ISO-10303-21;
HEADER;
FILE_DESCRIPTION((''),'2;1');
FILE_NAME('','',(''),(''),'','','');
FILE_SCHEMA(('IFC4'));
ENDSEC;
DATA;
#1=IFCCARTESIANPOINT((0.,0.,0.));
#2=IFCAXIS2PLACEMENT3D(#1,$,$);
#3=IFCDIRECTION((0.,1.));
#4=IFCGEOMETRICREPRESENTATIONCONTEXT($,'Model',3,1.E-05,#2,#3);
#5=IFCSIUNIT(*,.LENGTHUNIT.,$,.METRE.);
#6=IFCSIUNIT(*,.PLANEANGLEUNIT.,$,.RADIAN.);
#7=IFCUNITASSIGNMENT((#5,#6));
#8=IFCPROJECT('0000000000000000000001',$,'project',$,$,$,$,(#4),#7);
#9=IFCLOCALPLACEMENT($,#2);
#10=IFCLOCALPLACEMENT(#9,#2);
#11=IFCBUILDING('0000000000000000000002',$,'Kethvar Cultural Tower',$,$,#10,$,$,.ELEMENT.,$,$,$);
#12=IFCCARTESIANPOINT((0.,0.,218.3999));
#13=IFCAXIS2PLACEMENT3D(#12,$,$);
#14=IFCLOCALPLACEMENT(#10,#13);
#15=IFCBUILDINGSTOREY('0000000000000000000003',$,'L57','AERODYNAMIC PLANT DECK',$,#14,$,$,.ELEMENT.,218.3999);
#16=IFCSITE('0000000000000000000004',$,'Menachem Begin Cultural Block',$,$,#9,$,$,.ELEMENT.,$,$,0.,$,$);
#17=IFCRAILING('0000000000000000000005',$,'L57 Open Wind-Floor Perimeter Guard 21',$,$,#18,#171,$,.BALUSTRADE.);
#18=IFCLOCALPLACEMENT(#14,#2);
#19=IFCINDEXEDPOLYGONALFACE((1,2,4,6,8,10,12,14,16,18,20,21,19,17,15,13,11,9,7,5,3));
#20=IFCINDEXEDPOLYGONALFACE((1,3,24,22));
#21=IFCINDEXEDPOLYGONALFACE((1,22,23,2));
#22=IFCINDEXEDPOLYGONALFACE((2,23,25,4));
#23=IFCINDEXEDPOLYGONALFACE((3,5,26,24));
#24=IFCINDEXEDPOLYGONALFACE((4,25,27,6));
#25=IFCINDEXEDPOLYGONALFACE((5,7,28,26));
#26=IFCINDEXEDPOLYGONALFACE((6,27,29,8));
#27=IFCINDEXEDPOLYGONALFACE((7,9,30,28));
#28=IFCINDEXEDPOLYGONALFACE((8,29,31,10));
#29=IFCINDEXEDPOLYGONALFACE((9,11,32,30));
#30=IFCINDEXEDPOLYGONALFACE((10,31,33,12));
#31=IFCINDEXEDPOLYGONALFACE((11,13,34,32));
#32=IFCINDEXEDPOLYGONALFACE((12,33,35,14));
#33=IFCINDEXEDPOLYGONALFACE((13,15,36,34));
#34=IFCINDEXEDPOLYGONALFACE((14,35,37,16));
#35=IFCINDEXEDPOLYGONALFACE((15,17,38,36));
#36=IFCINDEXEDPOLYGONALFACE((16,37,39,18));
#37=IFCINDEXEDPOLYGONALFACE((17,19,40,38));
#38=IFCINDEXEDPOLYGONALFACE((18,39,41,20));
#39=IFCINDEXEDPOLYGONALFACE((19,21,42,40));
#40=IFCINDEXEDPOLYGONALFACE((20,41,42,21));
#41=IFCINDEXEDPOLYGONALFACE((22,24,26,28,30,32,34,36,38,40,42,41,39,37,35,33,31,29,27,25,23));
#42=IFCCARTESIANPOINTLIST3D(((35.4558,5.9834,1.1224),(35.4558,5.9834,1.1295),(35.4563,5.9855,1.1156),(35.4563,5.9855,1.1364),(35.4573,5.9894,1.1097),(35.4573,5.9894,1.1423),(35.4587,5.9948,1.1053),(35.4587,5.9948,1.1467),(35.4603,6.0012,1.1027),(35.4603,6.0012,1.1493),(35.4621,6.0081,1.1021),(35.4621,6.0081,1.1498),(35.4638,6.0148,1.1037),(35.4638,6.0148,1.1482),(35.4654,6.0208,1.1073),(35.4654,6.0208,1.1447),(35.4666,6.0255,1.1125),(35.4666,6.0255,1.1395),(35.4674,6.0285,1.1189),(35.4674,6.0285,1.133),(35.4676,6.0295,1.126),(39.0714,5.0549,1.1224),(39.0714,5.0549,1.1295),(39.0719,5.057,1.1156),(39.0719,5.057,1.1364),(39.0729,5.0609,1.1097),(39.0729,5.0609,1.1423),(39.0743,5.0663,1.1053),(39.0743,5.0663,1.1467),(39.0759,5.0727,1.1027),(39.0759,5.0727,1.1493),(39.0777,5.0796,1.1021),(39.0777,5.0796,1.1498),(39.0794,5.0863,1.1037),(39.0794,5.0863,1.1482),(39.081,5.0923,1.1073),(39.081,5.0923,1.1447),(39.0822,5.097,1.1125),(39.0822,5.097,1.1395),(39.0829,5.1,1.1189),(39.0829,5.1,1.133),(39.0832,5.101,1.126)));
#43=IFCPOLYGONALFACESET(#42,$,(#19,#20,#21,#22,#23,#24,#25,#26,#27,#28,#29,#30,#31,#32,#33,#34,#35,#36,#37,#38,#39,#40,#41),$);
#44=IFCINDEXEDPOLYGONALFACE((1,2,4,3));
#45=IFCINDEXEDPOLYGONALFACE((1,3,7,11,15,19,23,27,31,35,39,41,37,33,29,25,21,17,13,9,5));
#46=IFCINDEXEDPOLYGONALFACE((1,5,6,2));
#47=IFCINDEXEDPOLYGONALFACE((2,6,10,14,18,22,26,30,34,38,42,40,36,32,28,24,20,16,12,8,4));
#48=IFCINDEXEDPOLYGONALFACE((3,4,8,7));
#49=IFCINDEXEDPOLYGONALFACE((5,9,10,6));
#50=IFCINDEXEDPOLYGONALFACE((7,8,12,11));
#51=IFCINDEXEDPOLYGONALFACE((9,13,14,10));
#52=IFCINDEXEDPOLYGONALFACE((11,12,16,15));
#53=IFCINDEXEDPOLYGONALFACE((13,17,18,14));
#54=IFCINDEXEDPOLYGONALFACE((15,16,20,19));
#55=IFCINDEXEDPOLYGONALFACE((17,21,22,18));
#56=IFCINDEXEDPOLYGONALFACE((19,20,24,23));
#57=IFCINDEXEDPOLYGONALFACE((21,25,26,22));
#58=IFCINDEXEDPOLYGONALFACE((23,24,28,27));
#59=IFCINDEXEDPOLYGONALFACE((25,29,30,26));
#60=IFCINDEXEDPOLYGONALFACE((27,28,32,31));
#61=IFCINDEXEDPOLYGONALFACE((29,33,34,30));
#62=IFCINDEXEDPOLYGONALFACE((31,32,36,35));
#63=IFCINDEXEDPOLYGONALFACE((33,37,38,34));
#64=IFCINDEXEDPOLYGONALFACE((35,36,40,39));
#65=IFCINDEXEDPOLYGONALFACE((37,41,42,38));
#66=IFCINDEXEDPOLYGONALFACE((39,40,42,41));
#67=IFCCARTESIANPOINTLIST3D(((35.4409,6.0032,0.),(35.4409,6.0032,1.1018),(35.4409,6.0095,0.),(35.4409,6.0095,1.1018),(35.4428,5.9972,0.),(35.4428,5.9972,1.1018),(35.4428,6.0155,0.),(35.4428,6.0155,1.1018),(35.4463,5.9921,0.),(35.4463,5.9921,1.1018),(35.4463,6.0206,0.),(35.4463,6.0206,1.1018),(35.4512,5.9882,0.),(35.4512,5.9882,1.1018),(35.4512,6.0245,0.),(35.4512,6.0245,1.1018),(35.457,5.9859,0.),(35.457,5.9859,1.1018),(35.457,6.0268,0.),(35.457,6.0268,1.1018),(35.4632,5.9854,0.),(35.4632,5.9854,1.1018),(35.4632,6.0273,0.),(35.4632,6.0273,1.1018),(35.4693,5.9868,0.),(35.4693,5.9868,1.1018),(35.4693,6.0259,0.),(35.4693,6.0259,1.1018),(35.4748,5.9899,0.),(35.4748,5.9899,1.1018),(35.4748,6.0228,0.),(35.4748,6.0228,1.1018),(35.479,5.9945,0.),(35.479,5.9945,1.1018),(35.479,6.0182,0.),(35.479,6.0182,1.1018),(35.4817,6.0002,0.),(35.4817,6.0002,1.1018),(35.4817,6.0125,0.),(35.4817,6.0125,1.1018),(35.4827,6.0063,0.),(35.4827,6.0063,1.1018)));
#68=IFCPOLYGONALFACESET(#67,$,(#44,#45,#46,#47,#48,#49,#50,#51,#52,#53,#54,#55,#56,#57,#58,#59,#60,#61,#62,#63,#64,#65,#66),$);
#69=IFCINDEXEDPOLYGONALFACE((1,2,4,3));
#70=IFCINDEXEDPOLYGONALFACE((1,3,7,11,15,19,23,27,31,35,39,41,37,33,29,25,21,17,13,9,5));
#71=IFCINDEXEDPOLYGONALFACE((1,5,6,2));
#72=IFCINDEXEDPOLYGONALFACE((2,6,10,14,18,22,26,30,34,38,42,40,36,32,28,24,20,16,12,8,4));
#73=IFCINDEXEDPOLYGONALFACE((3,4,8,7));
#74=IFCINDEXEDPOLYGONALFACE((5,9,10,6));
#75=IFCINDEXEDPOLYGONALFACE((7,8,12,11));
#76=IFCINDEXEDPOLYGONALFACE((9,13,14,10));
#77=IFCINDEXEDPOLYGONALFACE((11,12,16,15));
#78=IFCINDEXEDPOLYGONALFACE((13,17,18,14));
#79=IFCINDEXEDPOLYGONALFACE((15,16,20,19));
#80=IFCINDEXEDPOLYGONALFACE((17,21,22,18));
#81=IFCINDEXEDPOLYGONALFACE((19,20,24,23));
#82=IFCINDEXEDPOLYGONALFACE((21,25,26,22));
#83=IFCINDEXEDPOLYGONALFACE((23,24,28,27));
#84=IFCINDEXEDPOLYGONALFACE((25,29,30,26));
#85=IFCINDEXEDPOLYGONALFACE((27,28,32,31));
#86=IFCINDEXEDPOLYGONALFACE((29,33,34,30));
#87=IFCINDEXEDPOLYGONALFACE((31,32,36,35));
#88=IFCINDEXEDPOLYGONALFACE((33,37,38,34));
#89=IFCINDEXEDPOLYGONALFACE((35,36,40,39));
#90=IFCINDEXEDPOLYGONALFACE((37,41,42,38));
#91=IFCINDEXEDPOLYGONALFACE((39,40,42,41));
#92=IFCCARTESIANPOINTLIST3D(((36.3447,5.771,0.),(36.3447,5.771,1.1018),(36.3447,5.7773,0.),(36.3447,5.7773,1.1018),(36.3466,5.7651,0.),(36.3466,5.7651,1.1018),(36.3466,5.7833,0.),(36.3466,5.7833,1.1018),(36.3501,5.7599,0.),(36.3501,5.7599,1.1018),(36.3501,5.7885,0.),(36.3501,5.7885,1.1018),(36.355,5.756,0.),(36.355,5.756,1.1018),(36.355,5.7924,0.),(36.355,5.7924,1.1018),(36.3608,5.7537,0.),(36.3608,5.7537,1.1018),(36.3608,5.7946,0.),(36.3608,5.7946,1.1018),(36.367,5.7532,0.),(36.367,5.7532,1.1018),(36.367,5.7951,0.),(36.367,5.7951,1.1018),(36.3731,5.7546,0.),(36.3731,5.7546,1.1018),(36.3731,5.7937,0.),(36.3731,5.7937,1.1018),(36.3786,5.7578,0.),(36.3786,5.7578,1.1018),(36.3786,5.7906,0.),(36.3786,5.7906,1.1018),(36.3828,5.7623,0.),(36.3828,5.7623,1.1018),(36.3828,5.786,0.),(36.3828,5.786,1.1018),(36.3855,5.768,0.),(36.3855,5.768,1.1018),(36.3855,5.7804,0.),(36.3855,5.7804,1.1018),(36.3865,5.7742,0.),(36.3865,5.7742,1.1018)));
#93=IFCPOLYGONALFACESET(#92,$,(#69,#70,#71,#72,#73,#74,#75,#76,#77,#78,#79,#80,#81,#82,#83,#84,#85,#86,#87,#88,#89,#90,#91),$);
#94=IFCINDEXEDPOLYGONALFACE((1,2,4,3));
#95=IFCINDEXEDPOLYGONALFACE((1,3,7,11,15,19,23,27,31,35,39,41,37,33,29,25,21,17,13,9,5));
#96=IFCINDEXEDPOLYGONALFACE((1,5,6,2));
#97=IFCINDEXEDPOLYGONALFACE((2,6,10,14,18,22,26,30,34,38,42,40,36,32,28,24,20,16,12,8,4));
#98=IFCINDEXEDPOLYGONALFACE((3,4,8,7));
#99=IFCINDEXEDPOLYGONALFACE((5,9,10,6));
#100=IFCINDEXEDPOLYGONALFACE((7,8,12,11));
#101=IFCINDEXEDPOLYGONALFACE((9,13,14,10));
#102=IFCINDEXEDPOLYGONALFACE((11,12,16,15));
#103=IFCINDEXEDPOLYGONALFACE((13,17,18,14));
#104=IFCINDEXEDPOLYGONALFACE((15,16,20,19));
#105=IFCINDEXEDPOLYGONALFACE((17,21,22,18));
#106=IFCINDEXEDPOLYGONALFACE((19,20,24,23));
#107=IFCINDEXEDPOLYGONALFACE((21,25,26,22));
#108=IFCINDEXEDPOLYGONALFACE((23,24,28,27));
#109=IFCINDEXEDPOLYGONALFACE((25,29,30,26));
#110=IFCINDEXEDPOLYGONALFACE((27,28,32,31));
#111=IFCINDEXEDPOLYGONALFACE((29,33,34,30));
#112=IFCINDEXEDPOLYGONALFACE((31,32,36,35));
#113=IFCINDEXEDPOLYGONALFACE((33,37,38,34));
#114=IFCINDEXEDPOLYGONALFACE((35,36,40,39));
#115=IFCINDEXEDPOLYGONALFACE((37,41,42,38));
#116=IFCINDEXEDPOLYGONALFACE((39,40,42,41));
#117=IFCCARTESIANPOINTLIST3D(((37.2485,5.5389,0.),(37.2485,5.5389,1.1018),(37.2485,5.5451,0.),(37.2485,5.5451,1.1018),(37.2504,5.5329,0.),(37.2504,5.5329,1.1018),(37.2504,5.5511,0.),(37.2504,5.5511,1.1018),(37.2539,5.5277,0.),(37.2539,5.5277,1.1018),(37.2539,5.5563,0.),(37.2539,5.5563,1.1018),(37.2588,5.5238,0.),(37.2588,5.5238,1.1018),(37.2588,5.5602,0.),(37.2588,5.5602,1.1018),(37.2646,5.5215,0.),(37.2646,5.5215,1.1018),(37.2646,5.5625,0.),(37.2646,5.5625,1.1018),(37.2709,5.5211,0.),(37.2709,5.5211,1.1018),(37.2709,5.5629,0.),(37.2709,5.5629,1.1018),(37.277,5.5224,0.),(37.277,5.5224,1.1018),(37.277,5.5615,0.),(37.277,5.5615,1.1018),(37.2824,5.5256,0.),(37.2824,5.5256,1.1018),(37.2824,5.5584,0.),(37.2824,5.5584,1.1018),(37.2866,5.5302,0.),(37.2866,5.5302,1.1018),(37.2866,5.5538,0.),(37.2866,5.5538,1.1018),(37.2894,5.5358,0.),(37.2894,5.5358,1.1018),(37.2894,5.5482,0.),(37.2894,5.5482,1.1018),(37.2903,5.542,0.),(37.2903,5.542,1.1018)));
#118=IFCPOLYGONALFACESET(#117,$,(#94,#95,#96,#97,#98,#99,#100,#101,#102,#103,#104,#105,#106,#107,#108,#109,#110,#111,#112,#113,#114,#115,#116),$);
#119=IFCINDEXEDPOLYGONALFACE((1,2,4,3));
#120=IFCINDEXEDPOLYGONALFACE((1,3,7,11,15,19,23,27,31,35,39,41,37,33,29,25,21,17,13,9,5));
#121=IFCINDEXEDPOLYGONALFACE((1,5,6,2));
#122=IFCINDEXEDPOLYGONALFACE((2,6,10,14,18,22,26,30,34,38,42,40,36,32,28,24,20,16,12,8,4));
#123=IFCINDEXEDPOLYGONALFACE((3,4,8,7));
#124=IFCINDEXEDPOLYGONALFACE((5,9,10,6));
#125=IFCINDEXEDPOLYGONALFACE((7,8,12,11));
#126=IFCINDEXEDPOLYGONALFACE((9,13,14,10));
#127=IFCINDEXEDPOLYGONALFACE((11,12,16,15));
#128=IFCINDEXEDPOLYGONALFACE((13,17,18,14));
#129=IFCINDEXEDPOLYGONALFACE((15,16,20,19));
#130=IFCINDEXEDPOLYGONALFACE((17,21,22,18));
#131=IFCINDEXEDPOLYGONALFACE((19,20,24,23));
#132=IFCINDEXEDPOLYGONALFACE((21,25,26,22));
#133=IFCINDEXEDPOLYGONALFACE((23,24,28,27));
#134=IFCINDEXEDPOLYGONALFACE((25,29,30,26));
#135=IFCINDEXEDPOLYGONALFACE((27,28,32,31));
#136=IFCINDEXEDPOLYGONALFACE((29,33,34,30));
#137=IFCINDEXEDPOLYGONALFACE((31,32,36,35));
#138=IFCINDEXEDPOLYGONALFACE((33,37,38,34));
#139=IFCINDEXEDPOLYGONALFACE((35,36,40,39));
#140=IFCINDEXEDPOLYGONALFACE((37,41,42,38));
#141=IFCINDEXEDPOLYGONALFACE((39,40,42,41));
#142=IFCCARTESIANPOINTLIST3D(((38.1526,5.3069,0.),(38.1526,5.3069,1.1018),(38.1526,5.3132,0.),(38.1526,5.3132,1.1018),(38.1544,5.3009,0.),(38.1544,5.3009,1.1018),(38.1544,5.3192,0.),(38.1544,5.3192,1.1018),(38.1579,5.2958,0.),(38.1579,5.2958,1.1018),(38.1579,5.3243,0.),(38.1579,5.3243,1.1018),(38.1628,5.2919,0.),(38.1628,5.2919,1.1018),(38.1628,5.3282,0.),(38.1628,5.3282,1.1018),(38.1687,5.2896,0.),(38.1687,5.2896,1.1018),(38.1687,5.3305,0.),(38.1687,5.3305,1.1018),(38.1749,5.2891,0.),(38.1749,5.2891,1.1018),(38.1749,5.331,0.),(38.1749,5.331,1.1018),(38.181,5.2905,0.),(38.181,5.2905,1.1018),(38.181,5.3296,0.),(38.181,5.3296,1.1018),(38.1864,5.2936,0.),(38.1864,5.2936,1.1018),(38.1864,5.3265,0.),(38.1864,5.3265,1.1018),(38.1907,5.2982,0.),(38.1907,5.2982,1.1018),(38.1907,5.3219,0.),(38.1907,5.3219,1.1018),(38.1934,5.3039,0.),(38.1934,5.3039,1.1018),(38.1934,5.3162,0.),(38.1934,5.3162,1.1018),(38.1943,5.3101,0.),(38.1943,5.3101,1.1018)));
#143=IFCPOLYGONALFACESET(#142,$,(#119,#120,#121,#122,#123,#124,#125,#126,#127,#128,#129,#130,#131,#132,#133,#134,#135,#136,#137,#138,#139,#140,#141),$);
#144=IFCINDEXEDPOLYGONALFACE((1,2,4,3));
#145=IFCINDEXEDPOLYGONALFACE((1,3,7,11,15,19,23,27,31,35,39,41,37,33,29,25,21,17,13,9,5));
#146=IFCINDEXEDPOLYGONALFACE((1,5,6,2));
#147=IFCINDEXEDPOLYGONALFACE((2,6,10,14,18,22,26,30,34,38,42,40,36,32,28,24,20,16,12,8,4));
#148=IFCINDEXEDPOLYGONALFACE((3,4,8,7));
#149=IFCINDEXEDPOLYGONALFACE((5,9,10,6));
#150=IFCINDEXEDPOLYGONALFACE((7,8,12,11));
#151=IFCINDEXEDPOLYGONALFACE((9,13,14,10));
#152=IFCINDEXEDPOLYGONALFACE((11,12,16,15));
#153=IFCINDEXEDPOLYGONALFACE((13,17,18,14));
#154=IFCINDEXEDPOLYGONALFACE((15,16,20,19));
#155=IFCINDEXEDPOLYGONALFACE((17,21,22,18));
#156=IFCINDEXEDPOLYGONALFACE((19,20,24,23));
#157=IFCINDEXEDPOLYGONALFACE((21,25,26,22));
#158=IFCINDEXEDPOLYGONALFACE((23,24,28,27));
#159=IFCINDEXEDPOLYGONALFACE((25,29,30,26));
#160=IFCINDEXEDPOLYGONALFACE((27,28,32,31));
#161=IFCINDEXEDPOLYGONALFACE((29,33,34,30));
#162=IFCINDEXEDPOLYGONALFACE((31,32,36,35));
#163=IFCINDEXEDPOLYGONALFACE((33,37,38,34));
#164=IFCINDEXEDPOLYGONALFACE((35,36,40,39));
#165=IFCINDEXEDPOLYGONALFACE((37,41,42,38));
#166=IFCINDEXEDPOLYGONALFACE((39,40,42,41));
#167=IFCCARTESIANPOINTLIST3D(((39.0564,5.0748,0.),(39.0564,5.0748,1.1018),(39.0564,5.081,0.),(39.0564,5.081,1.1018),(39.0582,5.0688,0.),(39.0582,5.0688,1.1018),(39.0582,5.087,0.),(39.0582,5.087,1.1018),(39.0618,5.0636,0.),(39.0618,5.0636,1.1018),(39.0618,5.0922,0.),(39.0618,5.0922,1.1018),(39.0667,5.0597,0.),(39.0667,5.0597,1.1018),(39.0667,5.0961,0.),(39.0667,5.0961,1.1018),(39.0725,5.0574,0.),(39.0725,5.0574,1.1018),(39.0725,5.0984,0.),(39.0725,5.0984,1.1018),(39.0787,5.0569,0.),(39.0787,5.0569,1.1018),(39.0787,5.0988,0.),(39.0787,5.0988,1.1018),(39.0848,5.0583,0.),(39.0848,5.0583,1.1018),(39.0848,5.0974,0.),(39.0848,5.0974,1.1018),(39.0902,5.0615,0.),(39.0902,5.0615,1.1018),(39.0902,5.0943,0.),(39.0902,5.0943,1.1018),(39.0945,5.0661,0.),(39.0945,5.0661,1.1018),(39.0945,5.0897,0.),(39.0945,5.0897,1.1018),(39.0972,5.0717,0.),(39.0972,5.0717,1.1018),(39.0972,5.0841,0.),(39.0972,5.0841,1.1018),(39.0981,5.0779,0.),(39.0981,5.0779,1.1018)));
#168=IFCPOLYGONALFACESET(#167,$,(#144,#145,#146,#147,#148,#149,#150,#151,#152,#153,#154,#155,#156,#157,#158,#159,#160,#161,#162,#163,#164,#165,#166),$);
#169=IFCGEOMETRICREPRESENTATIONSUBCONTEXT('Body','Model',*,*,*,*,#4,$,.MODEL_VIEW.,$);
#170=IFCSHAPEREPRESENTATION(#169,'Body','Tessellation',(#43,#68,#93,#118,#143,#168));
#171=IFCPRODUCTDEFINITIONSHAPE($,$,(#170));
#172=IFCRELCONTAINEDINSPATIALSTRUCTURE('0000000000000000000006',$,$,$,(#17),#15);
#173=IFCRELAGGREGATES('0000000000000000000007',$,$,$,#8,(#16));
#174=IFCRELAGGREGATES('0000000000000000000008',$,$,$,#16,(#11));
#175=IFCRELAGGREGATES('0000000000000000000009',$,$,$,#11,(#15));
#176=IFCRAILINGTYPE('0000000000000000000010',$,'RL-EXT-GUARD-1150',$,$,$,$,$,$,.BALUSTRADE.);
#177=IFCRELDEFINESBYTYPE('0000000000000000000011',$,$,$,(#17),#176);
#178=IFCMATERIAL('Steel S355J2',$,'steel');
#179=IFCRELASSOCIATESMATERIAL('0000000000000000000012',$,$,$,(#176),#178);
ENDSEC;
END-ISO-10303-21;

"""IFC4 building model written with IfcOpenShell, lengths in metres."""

from ifc_helpers import new_model, si_unit, direction, frame, origin, origin_2d, place, context, subcontext, project, spatial, circle, extrude, material, type_object, element, save


model = new_model("IFC4")

# Units and contexts
model_context = context("Model", 3, precision=1e-05, world=origin(), true_north=direction((0.0, 1.0)))
body_context = subcontext(model_context, "Body", "Model", "MODEL_VIEW")
ifc_project = project(units=[si_unit("LENGTHUNIT", "METRE"), si_unit("PLANEANGLEUNIT", "RADIAN")], contexts=[model_context])

# Site, building, storey
site_placement = place(None, origin())
site = spatial("IfcSite", under=ifc_project, at=site_placement, Name="Menachem Begin Cultural Block", CompositionType="ELEMENT", RefElevation=0.0)
building_placement = place(site_placement, origin())
building = spatial("IfcBuilding", under=site, at=building_placement, Name="Kethvar Cultural Tower", CompositionType="ELEMENT")
storey_placement = place(building_placement, frame((0.0, 0.0, 218.3999)))
storey = spatial("IfcBuildingStorey", under=building, at=storey_placement, Name="L57", Description="AERODYNAMIC PLANT DECK", CompositionType="ELEMENT", Elevation=218.3999)

# Shared definitions
ifc_material_1 = material(Name="Steel S355J2", Category="steel")

# Railing
railing_type_1 = type_object("IfcRailingType", Name="RL-EXT-GUARD-1150", PredefinedType="BALUSTRADE", material=ifc_material_1)
railing_1_placement = place(storey_placement, frame((35.4617, 6.0063, 0.0)))
element("IfcRailing", 1, at=railing_1_placement, inside=storey, type_object=railing_type_1, Name="L57 Open Wind-Floor Perimeter Guard 21", PredefinedType="BALUSTRADE", context=body_context, shape_type="SweptSolid", body=[
    extrude(circle(Radius=0.0239, at=origin_2d()), frame((0.0, 0.0, 1.126), z_axis=(0.968572, -0.248733, 0.0), x_axis=(0.248733, 0.968572, 0.0)), (0.0, 0.0, 1.0), 3.7329),
    extrude(circle(Radius=0.021, at=origin_2d()), origin(), (0.0, 0.0, 1.0), 1.1018),
    extrude(circle(Radius=0.021, at=origin_2d()), frame((0.9038, -0.2322, 0.0)), (0.0, 0.0, 1.0), 1.1018),
    extrude(circle(Radius=0.021, at=origin_2d()), frame((1.8076, -0.4644, 0.0)), (0.0, 0.0, 1.0), 1.1018),
    extrude(circle(Radius=0.021, at=origin_2d()), frame((2.7117, -0.6963, 0.0)), (0.0, 0.0, 1.0), 1.1018),
    extrude(circle(Radius=0.021, at=origin_2d()), frame((3.6155, -0.9285, 0.0)), (0.0, 0.0, 1.0), 1.1018),
])

save(model, "model.ifc")
